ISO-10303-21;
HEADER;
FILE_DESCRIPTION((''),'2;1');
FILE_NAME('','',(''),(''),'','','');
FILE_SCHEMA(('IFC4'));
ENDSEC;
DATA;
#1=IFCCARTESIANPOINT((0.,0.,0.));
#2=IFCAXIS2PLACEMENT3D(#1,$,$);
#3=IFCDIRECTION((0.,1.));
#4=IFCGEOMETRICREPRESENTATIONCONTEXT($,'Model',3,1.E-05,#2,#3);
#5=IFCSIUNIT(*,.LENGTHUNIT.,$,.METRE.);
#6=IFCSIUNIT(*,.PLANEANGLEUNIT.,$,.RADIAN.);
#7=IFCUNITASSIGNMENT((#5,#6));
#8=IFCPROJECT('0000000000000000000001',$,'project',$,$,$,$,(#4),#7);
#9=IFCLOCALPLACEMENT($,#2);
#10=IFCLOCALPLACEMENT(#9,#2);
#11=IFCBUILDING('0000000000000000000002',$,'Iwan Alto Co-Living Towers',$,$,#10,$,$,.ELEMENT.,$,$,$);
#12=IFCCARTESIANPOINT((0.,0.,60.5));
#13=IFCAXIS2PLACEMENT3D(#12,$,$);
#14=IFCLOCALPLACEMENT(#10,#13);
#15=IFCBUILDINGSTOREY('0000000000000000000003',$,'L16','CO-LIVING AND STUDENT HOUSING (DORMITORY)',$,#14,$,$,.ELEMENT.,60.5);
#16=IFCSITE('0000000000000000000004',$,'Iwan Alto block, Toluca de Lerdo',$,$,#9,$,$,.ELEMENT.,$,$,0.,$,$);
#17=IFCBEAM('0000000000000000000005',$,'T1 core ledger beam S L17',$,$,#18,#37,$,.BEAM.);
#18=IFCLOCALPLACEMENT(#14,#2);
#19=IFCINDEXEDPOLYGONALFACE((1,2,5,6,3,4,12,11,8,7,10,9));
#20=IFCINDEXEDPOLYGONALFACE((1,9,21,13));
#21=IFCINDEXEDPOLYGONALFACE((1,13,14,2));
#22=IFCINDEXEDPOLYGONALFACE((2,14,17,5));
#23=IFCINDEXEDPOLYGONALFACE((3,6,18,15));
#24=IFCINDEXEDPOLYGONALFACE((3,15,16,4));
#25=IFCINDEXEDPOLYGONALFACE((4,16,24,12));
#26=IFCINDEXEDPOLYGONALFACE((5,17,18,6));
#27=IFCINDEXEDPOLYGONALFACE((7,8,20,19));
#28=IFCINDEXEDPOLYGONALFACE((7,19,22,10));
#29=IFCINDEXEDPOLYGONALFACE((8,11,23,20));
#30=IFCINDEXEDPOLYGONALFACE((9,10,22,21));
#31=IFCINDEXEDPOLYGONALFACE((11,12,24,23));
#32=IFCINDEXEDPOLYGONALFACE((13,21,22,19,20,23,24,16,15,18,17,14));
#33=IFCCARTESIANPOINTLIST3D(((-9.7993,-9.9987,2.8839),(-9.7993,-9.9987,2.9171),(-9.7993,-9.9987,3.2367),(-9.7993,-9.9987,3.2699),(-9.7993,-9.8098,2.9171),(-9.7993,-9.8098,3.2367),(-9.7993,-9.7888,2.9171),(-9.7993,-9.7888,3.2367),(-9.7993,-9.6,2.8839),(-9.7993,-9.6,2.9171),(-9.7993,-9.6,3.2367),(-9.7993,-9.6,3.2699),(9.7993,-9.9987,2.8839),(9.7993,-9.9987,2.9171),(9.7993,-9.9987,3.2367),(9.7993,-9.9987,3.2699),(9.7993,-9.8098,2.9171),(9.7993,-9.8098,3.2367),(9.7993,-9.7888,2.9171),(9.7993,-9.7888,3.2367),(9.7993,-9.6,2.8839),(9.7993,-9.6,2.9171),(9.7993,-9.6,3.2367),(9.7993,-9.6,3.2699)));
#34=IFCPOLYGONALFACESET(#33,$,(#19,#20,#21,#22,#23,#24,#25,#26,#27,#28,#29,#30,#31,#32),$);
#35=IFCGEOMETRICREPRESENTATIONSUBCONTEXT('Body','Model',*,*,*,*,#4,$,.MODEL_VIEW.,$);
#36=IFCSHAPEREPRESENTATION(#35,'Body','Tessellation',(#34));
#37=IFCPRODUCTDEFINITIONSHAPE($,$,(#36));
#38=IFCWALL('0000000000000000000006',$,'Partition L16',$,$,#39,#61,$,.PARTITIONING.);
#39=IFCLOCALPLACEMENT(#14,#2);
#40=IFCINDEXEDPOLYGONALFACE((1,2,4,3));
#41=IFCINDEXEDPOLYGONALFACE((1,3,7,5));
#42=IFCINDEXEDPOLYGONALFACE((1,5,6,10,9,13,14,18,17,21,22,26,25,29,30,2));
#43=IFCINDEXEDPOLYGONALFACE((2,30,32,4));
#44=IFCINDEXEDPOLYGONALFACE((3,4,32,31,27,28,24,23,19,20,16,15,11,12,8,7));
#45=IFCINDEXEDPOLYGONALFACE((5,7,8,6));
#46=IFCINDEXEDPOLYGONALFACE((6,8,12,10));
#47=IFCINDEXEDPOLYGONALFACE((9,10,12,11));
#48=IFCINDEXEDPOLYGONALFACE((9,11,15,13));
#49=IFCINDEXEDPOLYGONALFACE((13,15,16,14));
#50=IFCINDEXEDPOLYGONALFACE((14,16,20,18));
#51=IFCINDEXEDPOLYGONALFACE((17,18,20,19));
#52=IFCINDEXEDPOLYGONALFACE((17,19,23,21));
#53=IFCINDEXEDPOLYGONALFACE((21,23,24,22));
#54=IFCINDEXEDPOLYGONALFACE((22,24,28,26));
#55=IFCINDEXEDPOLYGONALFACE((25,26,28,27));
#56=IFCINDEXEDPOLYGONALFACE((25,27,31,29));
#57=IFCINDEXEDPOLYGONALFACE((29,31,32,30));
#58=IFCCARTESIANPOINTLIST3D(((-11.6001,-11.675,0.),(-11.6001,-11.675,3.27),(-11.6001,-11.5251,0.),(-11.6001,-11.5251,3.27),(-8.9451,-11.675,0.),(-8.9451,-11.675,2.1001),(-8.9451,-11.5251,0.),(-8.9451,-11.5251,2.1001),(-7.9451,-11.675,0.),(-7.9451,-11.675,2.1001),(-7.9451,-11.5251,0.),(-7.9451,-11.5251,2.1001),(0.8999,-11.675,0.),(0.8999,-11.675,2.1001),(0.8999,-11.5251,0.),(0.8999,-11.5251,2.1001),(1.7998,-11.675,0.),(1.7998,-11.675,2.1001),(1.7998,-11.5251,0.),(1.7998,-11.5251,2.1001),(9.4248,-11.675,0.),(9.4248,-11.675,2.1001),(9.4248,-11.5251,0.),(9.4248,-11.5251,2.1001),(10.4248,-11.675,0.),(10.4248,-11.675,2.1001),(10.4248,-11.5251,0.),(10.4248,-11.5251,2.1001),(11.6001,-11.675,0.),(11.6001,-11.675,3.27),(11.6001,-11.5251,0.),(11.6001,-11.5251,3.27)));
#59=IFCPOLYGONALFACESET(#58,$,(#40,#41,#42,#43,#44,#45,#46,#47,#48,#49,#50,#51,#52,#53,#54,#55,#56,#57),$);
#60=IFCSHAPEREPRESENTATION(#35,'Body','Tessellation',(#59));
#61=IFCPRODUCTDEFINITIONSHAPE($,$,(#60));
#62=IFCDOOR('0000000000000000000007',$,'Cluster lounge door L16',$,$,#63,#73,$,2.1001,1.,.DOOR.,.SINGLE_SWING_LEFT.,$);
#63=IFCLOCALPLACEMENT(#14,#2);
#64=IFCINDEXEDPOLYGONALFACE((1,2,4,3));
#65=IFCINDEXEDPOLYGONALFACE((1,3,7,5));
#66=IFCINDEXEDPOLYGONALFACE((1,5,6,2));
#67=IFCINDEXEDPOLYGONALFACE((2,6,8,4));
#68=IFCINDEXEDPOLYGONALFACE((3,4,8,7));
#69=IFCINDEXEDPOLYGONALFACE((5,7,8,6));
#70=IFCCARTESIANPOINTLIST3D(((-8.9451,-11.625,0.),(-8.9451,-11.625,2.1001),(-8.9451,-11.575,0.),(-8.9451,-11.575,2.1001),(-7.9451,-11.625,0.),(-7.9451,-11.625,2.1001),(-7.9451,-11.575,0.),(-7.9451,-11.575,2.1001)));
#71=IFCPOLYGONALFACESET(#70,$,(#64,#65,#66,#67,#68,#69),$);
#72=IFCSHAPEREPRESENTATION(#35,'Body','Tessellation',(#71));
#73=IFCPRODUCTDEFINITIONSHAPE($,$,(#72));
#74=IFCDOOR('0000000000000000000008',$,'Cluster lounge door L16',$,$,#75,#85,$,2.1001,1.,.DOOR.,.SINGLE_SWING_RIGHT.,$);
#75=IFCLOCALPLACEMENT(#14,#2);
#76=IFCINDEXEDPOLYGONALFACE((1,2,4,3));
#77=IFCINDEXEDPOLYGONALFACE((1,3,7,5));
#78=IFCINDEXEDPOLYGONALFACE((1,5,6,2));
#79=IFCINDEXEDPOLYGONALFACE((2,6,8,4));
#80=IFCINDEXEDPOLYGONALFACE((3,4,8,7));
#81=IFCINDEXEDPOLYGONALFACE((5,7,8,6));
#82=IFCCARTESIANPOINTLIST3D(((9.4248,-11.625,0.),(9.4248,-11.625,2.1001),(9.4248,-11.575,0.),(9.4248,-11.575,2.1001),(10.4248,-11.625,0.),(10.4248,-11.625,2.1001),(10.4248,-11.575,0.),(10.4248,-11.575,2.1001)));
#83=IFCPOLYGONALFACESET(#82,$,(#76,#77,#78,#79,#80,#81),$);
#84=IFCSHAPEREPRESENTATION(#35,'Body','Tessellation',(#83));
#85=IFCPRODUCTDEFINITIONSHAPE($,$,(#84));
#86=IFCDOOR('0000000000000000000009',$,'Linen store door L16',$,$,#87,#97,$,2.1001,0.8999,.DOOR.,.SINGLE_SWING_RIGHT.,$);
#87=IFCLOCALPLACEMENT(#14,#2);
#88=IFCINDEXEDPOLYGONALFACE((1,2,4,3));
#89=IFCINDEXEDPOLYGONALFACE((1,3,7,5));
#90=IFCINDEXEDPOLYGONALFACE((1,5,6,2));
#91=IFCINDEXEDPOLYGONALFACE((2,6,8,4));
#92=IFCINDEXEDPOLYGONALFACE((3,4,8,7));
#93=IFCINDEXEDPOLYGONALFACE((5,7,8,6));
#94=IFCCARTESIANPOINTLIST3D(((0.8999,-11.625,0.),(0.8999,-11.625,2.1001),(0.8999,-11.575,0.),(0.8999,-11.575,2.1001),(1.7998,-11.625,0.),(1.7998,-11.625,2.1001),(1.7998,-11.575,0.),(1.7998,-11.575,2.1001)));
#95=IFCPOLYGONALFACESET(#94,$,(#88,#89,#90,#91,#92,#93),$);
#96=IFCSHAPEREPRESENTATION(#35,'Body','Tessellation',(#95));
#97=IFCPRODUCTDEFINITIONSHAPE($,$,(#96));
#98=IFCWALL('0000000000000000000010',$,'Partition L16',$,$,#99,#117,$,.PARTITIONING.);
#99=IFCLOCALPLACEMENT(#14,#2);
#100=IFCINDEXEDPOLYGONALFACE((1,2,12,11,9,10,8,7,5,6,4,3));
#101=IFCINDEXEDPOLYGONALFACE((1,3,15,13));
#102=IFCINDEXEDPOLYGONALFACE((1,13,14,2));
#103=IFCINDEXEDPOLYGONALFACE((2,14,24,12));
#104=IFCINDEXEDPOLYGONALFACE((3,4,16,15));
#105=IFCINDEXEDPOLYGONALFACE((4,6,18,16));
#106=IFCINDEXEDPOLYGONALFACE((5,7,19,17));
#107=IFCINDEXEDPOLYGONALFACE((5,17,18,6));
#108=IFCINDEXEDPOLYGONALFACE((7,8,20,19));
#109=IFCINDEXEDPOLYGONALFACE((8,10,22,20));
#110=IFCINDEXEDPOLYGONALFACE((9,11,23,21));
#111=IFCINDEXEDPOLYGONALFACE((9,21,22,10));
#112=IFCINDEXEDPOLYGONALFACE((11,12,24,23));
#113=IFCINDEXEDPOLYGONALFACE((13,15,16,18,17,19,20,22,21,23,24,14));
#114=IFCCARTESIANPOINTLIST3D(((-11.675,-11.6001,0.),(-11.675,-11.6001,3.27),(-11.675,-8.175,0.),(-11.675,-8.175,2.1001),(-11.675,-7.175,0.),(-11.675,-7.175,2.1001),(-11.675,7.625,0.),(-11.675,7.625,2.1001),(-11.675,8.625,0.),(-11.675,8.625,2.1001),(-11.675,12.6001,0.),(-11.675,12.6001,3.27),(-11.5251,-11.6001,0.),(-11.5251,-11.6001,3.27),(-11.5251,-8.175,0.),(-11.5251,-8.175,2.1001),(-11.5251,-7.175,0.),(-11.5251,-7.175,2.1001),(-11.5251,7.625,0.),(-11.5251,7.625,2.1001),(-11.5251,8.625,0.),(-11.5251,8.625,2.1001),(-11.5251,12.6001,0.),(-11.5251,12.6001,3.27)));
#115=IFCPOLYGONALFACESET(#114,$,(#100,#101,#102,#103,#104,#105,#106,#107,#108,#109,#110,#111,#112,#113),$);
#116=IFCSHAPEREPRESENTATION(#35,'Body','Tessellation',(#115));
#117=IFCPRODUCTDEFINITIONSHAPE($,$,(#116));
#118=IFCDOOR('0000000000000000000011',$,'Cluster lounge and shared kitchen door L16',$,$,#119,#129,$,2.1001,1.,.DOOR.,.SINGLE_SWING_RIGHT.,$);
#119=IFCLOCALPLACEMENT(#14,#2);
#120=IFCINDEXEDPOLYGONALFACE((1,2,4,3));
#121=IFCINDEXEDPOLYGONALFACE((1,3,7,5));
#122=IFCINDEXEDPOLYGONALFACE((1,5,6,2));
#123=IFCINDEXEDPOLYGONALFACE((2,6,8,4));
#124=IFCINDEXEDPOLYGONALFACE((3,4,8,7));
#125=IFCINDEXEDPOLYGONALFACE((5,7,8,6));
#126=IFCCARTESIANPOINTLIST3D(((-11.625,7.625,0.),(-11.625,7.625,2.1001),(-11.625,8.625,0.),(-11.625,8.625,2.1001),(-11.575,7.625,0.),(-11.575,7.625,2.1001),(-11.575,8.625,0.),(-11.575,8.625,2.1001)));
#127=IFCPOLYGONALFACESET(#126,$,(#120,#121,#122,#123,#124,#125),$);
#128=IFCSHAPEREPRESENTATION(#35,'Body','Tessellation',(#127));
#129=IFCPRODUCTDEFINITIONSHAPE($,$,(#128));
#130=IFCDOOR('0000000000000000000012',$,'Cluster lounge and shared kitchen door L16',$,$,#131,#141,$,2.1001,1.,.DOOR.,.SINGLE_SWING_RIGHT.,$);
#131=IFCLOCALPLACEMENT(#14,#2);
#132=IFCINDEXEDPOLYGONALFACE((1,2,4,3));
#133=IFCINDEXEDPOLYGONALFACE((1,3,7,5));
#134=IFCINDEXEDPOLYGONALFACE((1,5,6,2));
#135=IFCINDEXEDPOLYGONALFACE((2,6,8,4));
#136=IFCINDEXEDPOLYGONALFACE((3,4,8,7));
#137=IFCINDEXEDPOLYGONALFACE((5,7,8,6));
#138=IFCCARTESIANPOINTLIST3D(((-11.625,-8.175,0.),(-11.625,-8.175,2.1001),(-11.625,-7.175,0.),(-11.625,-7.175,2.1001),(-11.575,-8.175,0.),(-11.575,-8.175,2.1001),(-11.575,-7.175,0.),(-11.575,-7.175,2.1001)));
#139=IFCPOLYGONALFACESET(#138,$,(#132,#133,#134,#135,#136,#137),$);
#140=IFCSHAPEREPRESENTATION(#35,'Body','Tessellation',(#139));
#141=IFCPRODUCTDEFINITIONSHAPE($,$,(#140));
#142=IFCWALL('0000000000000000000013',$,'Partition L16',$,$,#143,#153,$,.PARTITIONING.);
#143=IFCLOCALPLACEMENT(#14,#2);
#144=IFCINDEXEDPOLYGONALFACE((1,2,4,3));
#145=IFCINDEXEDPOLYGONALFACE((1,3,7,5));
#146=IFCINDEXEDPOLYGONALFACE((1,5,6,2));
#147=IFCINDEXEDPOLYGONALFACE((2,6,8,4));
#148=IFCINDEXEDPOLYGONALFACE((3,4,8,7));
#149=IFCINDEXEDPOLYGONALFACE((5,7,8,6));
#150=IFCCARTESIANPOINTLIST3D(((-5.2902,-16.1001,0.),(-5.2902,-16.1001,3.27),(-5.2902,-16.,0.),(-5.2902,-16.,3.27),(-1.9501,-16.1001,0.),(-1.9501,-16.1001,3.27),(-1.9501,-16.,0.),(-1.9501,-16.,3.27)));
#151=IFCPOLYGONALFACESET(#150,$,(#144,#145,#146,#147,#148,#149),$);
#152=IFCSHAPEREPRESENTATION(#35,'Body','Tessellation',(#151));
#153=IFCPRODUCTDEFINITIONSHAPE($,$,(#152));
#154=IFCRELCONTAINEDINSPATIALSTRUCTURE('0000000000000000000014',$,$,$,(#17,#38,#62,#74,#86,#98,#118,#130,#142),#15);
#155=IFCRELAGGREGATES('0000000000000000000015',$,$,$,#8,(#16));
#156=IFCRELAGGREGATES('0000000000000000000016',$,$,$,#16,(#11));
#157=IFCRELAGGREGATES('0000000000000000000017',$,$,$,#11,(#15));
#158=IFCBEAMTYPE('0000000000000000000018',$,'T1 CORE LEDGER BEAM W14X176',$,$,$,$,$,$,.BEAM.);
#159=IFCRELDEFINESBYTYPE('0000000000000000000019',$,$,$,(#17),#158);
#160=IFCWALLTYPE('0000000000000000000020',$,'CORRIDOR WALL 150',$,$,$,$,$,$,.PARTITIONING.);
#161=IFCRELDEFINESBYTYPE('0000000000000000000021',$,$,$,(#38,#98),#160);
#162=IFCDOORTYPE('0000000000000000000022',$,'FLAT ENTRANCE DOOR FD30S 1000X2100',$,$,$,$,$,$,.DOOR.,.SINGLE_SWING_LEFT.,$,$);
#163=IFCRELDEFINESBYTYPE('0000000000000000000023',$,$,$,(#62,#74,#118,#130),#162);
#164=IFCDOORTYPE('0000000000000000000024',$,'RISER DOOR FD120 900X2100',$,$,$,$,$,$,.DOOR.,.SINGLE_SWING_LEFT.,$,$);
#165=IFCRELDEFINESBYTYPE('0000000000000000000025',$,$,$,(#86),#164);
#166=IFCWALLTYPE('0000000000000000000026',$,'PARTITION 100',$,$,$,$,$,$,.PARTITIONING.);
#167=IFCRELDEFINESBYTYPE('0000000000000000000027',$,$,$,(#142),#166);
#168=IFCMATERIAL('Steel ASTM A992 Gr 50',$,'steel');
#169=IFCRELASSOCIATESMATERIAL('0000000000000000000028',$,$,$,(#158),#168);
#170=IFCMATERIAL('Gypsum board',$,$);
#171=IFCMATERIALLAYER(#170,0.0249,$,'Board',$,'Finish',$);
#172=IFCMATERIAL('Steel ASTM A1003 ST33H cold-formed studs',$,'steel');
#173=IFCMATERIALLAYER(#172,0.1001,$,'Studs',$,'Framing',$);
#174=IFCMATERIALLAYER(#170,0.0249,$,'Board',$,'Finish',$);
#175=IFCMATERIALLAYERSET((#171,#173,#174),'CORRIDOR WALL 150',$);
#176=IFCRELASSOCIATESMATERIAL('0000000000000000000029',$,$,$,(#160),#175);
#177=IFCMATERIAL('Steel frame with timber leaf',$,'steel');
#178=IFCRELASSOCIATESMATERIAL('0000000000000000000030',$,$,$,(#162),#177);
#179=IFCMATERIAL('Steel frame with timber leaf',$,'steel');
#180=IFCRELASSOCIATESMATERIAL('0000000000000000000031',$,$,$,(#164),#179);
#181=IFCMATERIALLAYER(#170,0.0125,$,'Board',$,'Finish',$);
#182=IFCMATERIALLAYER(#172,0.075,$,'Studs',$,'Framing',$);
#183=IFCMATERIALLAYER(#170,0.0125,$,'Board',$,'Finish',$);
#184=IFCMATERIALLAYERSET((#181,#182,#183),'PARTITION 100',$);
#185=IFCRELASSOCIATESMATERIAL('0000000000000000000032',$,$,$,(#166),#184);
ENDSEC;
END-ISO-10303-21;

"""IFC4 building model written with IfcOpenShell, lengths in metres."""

from ifc_helpers import new_model, si_unit, direction, frame, frame_2d, origin, origin_2d, place, context, subcontext, project, spatial, rectangle, i_section, extrude, material, layer, layer_set, material_profile, profile_set, type_object, element, fill, save


model = new_model("IFC4")

# Units and contexts
model_context = context("Model", 3, precision=1e-05, world=origin(), true_north=direction((0.0, 1.0)))
body_context = subcontext(model_context, "Body", "Model", "MODEL_VIEW")
ifc_project = project(units=[si_unit("LENGTHUNIT", "METRE"), si_unit("PLANEANGLEUNIT", "RADIAN")], contexts=[model_context])

# Site, building, storey
site_placement = place(None, origin())
site = spatial("IfcSite", under=ifc_project, at=site_placement, Name="Iwan Alto block, Toluca de Lerdo", CompositionType="ELEMENT", RefElevation=0.0)
building_placement = place(site_placement, origin())
building = spatial("IfcBuilding", under=site, at=building_placement, Name="Iwan Alto Co-Living Towers", CompositionType="ELEMENT")
storey_placement = place(building_placement, frame((0.0, 0.0, 60.5)))
storey = spatial("IfcBuildingStorey", under=building, at=storey_placement, Name="L16", Description="CO-LIVING AND STUDENT HOUSING (DORMITORY)", CompositionType="ELEMENT", Elevation=60.5)

# Beam
ifc_material_1 = material(Name="Steel ASTM A992 Gr 50", Category="steel")
ifc_material_profile = material_profile(ifc_material_1, i_section(OverallWidth=0.3987, OverallDepth=0.386, WebThickness=0.021, FlangeThickness=0.0332, at=origin_2d()), Name="W14X176")
ifc_profile_set = profile_set([ifc_material_profile], Name="Steel ASTM A992 Gr 50")
beam_type = type_object("IfcBeamType", Name="T1 CORE LEDGER BEAM W14X176", PredefinedType="BEAM", material=ifc_profile_set)
beam_placement = place(storey_placement, frame((-9.7993, -9.7993, 3.0769), z_axis=(1.0, 0.0, 0.0), x_axis=(0.0, 1.0, 0.0)))
element("IfcBeam", 1, at=beam_placement, inside=storey, type_object=beam_type, Name="T1 core ledger beam S L17", PredefinedType="BEAM", context=body_context, shape_type="SweptSolid", body=[
    extrude(i_section(OverallWidth=0.3987, OverallDepth=0.386, WebThickness=0.021, FlangeThickness=0.0332, at=origin_2d()), origin(), (0.0, 0.0, 1.0), 19.5986),
])

# Walls, openings, doors
ifc_material_2 = material(Name="Gypsum board")
ifc_layer_1 = layer(ifc_material_2, 0.0249, Name="Board", Category="Finish")
ifc_material_3 = material(Name="Steel ASTM A1003 ST33H cold-formed studs", Category="steel")
ifc_layer_2 = layer(ifc_material_3, 0.1001, Name="Studs", Category="Framing")
ifc_layer_3 = layer(ifc_material_2, 0.0249, Name="Board", Category="Finish")
ifc_layer_set_1 = layer_set([ifc_layer_1, ifc_layer_2, ifc_layer_3], Name="CORRIDOR WALL 150")
wall_type_1 = type_object("IfcWallType", Name="CORRIDOR WALL 150", PredefinedType="PARTITIONING", material=ifc_layer_set_1)
wall_1_placement = place(storey_placement, frame((-11.6001, -11.6001, 0.0), z_axis=(0.0, 0.0, 1.0), x_axis=(1.0, 0.0, 0.0)))
wall_1 = element("IfcWall", 2, at=wall_1_placement, inside=storey, type_object=wall_type_1, Name="Partition L16", PredefinedType="PARTITIONING", context=body_context, shape_type="SweptSolid", body=[
    extrude(rectangle(XDim=23.2002, YDim=0.1499, at=frame_2d((11.6001, 0.0))), origin(), (0.0, 0.0, 1.0), 3.27),
])
opening_1_placement = place(wall_1_placement, frame((2.655, 0.0, 0.0)))
opening_1 = element("IfcOpeningElement", 3, at=opening_1_placement, cuts=wall_1, PredefinedType="OPENING", context=body_context, shape_type="SweptSolid", body=[
    extrude(rectangle(XDim=1.0, YDim=2.1001, at=frame_2d((0.5, 1.05))), frame((0.0, 0.085, 0.0), z_axis=(0.0, -1.0, 0.0), x_axis=(1.0, 0.0, 0.0)), (0.0, 0.0, 1.0), 0.1699),
])
opening_2_placement = place(wall_1_placement, frame((12.5, 0.0, 0.0)))
opening_2 = element("IfcOpeningElement", 4, at=opening_2_placement, cuts=wall_1, PredefinedType="OPENING", context=body_context, shape_type="SweptSolid", body=[
    extrude(rectangle(XDim=0.8999, YDim=2.1001, at=frame_2d((0.45, 1.05))), frame((0.0, 0.085, 0.0), z_axis=(0.0, -1.0, 0.0), x_axis=(1.0, 0.0, 0.0)), (0.0, 0.0, 1.0), 0.1699),
])
opening_3_placement = place(wall_1_placement, frame((21.0249, 0.0, 0.0)))
opening_3 = element("IfcOpeningElement", 5, at=opening_3_placement, cuts=wall_1, PredefinedType="OPENING", context=body_context, shape_type="SweptSolid", body=[
    extrude(rectangle(XDim=1.0, YDim=2.1001, at=frame_2d((0.5, 1.05))), frame((0.0, 0.085, 0.0), z_axis=(0.0, -1.0, 0.0), x_axis=(1.0, 0.0, 0.0)), (0.0, 0.0, 1.0), 0.1699),
])
ifc_material_4 = material(Name="Steel frame with timber leaf", Category="steel")
door_type_1 = type_object("IfcDoorType", Name="FLAT ENTRANCE DOOR FD30S 1000X2100", OperationType="SINGLE_SWING_LEFT", PredefinedType="DOOR", material=ifc_material_4)
door_1_placement = place(opening_1_placement, frame((1.0, 0.0, 0.0), z_axis=(0.0, 0.0, 1.0), x_axis=(-1.0, 0.0, 0.0)))
door_1 = element("IfcDoor", 6, at=door_1_placement, inside=storey, type_object=door_type_1, Name="Cluster lounge door L16", OperationType="SINGLE_SWING_LEFT", OverallHeight=2.1001, OverallWidth=1.0, PredefinedType="DOOR", context=body_context, shape_type="SweptSolid", body=[
    extrude(rectangle(XDim=1.0, YDim=2.1001, at=frame_2d((0.5, 1.05))), frame((0.0, 0.0249, 0.0), z_axis=(0.0, -1.0, 0.0), x_axis=(1.0, 0.0, 0.0)), (0.0, 0.0, 1.0), 0.05),
])
fill(opening_1, door_1)
door_2_placement = place(opening_3_placement, frame((1.0, 0.0, 0.0), z_axis=(0.0, 0.0, 1.0), x_axis=(-1.0, 0.0, 0.0)))
door_2 = element("IfcDoor", 7, at=door_2_placement, inside=storey, type_object=door_type_1, Name="Cluster lounge door L16", OperationType="SINGLE_SWING_RIGHT", OverallHeight=2.1001, OverallWidth=1.0, PredefinedType="DOOR", context=body_context, shape_type="SweptSolid", body=[
    extrude(rectangle(XDim=1.0, YDim=2.1001, at=frame_2d((0.5, 1.05))), frame((0.0, 0.0249, 0.0), z_axis=(0.0, -1.0, 0.0), x_axis=(1.0, 0.0, 0.0)), (0.0, 0.0, 1.0), 0.05),
])
fill(opening_3, door_2)
ifc_material_5 = material(Name="Steel frame with timber leaf", Category="steel")
door_type_2 = type_object("IfcDoorType", Name="RISER DOOR FD120 900X2100", OperationType="SINGLE_SWING_LEFT", PredefinedType="DOOR", material=ifc_material_5)
door_3_placement = place(opening_2_placement, frame((0.8999, 0.0, 0.0), z_axis=(0.0, 0.0, 1.0), x_axis=(-1.0, 0.0, 0.0)))
door_3 = element("IfcDoor", 8, at=door_3_placement, inside=storey, type_object=door_type_2, Name="Linen store door L16", OperationType="SINGLE_SWING_RIGHT", OverallHeight=2.1001, OverallWidth=0.8999, PredefinedType="DOOR", context=body_context, shape_type="SweptSolid", body=[
    extrude(rectangle(XDim=0.8999, YDim=2.1001, at=frame_2d((0.45, 1.05))), frame((0.0, 0.0249, 0.0), z_axis=(0.0, -1.0, 0.0), x_axis=(1.0, 0.0, 0.0)), (0.0, 0.0, 1.0), 0.05),
])
fill(opening_2, door_3)
wall_2_placement = place(storey_placement, frame((-11.6001, -11.6001, 0.0), z_axis=(0.0, 0.0, 1.0), x_axis=(0.0, 1.0, 0.0)))
wall_2 = element("IfcWall", 9, at=wall_2_placement, inside=storey, type_object=wall_type_1, Name="Partition L16", PredefinedType="PARTITIONING", context=body_context, shape_type="SweptSolid", body=[
    extrude(rectangle(XDim=24.2002, YDim=0.1499, at=frame_2d((12.1001, 0.0))), origin(), (0.0, 0.0, 1.0), 3.27),
])
opening_4_placement = place(wall_2_placement, frame((19.2251, 0.0, 0.0)))
opening_4 = element("IfcOpeningElement", 10, at=opening_4_placement, cuts=wall_2, PredefinedType="OPENING", context=body_context, shape_type="SweptSolid", body=[
    extrude(rectangle(XDim=1.0, YDim=2.1001, at=frame_2d((0.5, 1.05))), frame((0.0, 0.085, 0.0), z_axis=(0.0, -1.0, 0.0), x_axis=(1.0, 0.0, 0.0)), (0.0, 0.0, 1.0), 0.1699),
])
opening_5_placement = place(wall_2_placement, frame((3.425, 0.0, 0.0)))
opening_5 = element("IfcOpeningElement", 11, at=opening_5_placement, cuts=wall_2, PredefinedType="OPENING", context=body_context, shape_type="SweptSolid", body=[
    extrude(rectangle(XDim=1.0, YDim=2.1001, at=frame_2d((0.5, 1.05))), frame((0.0, 0.085, 0.0), z_axis=(0.0, -1.0, 0.0), x_axis=(1.0, 0.0, 0.0)), (0.0, 0.0, 1.0), 0.1699),
])
door_4_placement = place(opening_4_placement, origin())
door_4 = element("IfcDoor", 12, at=door_4_placement, inside=storey, type_object=door_type_1, Name="Cluster lounge and shared kitchen door L16", OperationType="SINGLE_SWING_RIGHT", OverallHeight=2.1001, OverallWidth=1.0, PredefinedType="DOOR", context=body_context, shape_type="SweptSolid", body=[
    extrude(rectangle(XDim=1.0, YDim=2.1001, at=frame_2d((0.5, 1.05))), frame((0.0, 0.0249, 0.0), z_axis=(0.0, -1.0, 0.0), x_axis=(1.0, 0.0, 0.0)), (0.0, 0.0, 1.0), 0.05),
])
fill(opening_4, door_4)
door_5_placement = place(opening_5_placement, origin())
door_5 = element("IfcDoor", 13, at=door_5_placement, inside=storey, type_object=door_type_1, Name="Cluster lounge and shared kitchen door L16", OperationType="SINGLE_SWING_RIGHT", OverallHeight=2.1001, OverallWidth=1.0, PredefinedType="DOOR", context=body_context, shape_type="SweptSolid", body=[
    extrude(rectangle(XDim=1.0, YDim=2.1001, at=frame_2d((0.5, 1.05))), frame((0.0, 0.0249, 0.0), z_axis=(0.0, -1.0, 0.0), x_axis=(1.0, 0.0, 0.0)), (0.0, 0.0, 1.0), 0.05),
])
fill(opening_5, door_5)

# Wall
ifc_layer_4 = layer(ifc_material_2, 0.0125, Name="Board", Category="Finish")
ifc_layer_5 = layer(ifc_material_3, 0.075, Name="Studs", Category="Framing")
ifc_layer_6 = layer(ifc_material_2, 0.0125, Name="Board", Category="Finish")
ifc_layer_set_2 = layer_set([ifc_layer_4, ifc_layer_5, ifc_layer_6], Name="PARTITION 100")
wall_type_2 = type_object("IfcWallType", Name="PARTITION 100", PredefinedType="PARTITIONING", material=ifc_layer_set_2)
wall_3_placement = place(storey_placement, frame((-5.29, -16.05, 0.0), z_axis=(0.0, 0.0, 1.0), x_axis=(1.0, 0.0, 0.0)))
element("IfcWall", 14, at=wall_3_placement, inside=storey, type_object=wall_type_2, Name="Partition L16", PredefinedType="PARTITIONING", context=body_context, shape_type="SweptSolid", body=[
    extrude(rectangle(XDim=3.3401, YDim=0.1001, at=frame_2d((1.6699, 0.0))), origin(), (0.0, 0.0, 1.0), 3.27),
])

save(model, "model.ifc")
